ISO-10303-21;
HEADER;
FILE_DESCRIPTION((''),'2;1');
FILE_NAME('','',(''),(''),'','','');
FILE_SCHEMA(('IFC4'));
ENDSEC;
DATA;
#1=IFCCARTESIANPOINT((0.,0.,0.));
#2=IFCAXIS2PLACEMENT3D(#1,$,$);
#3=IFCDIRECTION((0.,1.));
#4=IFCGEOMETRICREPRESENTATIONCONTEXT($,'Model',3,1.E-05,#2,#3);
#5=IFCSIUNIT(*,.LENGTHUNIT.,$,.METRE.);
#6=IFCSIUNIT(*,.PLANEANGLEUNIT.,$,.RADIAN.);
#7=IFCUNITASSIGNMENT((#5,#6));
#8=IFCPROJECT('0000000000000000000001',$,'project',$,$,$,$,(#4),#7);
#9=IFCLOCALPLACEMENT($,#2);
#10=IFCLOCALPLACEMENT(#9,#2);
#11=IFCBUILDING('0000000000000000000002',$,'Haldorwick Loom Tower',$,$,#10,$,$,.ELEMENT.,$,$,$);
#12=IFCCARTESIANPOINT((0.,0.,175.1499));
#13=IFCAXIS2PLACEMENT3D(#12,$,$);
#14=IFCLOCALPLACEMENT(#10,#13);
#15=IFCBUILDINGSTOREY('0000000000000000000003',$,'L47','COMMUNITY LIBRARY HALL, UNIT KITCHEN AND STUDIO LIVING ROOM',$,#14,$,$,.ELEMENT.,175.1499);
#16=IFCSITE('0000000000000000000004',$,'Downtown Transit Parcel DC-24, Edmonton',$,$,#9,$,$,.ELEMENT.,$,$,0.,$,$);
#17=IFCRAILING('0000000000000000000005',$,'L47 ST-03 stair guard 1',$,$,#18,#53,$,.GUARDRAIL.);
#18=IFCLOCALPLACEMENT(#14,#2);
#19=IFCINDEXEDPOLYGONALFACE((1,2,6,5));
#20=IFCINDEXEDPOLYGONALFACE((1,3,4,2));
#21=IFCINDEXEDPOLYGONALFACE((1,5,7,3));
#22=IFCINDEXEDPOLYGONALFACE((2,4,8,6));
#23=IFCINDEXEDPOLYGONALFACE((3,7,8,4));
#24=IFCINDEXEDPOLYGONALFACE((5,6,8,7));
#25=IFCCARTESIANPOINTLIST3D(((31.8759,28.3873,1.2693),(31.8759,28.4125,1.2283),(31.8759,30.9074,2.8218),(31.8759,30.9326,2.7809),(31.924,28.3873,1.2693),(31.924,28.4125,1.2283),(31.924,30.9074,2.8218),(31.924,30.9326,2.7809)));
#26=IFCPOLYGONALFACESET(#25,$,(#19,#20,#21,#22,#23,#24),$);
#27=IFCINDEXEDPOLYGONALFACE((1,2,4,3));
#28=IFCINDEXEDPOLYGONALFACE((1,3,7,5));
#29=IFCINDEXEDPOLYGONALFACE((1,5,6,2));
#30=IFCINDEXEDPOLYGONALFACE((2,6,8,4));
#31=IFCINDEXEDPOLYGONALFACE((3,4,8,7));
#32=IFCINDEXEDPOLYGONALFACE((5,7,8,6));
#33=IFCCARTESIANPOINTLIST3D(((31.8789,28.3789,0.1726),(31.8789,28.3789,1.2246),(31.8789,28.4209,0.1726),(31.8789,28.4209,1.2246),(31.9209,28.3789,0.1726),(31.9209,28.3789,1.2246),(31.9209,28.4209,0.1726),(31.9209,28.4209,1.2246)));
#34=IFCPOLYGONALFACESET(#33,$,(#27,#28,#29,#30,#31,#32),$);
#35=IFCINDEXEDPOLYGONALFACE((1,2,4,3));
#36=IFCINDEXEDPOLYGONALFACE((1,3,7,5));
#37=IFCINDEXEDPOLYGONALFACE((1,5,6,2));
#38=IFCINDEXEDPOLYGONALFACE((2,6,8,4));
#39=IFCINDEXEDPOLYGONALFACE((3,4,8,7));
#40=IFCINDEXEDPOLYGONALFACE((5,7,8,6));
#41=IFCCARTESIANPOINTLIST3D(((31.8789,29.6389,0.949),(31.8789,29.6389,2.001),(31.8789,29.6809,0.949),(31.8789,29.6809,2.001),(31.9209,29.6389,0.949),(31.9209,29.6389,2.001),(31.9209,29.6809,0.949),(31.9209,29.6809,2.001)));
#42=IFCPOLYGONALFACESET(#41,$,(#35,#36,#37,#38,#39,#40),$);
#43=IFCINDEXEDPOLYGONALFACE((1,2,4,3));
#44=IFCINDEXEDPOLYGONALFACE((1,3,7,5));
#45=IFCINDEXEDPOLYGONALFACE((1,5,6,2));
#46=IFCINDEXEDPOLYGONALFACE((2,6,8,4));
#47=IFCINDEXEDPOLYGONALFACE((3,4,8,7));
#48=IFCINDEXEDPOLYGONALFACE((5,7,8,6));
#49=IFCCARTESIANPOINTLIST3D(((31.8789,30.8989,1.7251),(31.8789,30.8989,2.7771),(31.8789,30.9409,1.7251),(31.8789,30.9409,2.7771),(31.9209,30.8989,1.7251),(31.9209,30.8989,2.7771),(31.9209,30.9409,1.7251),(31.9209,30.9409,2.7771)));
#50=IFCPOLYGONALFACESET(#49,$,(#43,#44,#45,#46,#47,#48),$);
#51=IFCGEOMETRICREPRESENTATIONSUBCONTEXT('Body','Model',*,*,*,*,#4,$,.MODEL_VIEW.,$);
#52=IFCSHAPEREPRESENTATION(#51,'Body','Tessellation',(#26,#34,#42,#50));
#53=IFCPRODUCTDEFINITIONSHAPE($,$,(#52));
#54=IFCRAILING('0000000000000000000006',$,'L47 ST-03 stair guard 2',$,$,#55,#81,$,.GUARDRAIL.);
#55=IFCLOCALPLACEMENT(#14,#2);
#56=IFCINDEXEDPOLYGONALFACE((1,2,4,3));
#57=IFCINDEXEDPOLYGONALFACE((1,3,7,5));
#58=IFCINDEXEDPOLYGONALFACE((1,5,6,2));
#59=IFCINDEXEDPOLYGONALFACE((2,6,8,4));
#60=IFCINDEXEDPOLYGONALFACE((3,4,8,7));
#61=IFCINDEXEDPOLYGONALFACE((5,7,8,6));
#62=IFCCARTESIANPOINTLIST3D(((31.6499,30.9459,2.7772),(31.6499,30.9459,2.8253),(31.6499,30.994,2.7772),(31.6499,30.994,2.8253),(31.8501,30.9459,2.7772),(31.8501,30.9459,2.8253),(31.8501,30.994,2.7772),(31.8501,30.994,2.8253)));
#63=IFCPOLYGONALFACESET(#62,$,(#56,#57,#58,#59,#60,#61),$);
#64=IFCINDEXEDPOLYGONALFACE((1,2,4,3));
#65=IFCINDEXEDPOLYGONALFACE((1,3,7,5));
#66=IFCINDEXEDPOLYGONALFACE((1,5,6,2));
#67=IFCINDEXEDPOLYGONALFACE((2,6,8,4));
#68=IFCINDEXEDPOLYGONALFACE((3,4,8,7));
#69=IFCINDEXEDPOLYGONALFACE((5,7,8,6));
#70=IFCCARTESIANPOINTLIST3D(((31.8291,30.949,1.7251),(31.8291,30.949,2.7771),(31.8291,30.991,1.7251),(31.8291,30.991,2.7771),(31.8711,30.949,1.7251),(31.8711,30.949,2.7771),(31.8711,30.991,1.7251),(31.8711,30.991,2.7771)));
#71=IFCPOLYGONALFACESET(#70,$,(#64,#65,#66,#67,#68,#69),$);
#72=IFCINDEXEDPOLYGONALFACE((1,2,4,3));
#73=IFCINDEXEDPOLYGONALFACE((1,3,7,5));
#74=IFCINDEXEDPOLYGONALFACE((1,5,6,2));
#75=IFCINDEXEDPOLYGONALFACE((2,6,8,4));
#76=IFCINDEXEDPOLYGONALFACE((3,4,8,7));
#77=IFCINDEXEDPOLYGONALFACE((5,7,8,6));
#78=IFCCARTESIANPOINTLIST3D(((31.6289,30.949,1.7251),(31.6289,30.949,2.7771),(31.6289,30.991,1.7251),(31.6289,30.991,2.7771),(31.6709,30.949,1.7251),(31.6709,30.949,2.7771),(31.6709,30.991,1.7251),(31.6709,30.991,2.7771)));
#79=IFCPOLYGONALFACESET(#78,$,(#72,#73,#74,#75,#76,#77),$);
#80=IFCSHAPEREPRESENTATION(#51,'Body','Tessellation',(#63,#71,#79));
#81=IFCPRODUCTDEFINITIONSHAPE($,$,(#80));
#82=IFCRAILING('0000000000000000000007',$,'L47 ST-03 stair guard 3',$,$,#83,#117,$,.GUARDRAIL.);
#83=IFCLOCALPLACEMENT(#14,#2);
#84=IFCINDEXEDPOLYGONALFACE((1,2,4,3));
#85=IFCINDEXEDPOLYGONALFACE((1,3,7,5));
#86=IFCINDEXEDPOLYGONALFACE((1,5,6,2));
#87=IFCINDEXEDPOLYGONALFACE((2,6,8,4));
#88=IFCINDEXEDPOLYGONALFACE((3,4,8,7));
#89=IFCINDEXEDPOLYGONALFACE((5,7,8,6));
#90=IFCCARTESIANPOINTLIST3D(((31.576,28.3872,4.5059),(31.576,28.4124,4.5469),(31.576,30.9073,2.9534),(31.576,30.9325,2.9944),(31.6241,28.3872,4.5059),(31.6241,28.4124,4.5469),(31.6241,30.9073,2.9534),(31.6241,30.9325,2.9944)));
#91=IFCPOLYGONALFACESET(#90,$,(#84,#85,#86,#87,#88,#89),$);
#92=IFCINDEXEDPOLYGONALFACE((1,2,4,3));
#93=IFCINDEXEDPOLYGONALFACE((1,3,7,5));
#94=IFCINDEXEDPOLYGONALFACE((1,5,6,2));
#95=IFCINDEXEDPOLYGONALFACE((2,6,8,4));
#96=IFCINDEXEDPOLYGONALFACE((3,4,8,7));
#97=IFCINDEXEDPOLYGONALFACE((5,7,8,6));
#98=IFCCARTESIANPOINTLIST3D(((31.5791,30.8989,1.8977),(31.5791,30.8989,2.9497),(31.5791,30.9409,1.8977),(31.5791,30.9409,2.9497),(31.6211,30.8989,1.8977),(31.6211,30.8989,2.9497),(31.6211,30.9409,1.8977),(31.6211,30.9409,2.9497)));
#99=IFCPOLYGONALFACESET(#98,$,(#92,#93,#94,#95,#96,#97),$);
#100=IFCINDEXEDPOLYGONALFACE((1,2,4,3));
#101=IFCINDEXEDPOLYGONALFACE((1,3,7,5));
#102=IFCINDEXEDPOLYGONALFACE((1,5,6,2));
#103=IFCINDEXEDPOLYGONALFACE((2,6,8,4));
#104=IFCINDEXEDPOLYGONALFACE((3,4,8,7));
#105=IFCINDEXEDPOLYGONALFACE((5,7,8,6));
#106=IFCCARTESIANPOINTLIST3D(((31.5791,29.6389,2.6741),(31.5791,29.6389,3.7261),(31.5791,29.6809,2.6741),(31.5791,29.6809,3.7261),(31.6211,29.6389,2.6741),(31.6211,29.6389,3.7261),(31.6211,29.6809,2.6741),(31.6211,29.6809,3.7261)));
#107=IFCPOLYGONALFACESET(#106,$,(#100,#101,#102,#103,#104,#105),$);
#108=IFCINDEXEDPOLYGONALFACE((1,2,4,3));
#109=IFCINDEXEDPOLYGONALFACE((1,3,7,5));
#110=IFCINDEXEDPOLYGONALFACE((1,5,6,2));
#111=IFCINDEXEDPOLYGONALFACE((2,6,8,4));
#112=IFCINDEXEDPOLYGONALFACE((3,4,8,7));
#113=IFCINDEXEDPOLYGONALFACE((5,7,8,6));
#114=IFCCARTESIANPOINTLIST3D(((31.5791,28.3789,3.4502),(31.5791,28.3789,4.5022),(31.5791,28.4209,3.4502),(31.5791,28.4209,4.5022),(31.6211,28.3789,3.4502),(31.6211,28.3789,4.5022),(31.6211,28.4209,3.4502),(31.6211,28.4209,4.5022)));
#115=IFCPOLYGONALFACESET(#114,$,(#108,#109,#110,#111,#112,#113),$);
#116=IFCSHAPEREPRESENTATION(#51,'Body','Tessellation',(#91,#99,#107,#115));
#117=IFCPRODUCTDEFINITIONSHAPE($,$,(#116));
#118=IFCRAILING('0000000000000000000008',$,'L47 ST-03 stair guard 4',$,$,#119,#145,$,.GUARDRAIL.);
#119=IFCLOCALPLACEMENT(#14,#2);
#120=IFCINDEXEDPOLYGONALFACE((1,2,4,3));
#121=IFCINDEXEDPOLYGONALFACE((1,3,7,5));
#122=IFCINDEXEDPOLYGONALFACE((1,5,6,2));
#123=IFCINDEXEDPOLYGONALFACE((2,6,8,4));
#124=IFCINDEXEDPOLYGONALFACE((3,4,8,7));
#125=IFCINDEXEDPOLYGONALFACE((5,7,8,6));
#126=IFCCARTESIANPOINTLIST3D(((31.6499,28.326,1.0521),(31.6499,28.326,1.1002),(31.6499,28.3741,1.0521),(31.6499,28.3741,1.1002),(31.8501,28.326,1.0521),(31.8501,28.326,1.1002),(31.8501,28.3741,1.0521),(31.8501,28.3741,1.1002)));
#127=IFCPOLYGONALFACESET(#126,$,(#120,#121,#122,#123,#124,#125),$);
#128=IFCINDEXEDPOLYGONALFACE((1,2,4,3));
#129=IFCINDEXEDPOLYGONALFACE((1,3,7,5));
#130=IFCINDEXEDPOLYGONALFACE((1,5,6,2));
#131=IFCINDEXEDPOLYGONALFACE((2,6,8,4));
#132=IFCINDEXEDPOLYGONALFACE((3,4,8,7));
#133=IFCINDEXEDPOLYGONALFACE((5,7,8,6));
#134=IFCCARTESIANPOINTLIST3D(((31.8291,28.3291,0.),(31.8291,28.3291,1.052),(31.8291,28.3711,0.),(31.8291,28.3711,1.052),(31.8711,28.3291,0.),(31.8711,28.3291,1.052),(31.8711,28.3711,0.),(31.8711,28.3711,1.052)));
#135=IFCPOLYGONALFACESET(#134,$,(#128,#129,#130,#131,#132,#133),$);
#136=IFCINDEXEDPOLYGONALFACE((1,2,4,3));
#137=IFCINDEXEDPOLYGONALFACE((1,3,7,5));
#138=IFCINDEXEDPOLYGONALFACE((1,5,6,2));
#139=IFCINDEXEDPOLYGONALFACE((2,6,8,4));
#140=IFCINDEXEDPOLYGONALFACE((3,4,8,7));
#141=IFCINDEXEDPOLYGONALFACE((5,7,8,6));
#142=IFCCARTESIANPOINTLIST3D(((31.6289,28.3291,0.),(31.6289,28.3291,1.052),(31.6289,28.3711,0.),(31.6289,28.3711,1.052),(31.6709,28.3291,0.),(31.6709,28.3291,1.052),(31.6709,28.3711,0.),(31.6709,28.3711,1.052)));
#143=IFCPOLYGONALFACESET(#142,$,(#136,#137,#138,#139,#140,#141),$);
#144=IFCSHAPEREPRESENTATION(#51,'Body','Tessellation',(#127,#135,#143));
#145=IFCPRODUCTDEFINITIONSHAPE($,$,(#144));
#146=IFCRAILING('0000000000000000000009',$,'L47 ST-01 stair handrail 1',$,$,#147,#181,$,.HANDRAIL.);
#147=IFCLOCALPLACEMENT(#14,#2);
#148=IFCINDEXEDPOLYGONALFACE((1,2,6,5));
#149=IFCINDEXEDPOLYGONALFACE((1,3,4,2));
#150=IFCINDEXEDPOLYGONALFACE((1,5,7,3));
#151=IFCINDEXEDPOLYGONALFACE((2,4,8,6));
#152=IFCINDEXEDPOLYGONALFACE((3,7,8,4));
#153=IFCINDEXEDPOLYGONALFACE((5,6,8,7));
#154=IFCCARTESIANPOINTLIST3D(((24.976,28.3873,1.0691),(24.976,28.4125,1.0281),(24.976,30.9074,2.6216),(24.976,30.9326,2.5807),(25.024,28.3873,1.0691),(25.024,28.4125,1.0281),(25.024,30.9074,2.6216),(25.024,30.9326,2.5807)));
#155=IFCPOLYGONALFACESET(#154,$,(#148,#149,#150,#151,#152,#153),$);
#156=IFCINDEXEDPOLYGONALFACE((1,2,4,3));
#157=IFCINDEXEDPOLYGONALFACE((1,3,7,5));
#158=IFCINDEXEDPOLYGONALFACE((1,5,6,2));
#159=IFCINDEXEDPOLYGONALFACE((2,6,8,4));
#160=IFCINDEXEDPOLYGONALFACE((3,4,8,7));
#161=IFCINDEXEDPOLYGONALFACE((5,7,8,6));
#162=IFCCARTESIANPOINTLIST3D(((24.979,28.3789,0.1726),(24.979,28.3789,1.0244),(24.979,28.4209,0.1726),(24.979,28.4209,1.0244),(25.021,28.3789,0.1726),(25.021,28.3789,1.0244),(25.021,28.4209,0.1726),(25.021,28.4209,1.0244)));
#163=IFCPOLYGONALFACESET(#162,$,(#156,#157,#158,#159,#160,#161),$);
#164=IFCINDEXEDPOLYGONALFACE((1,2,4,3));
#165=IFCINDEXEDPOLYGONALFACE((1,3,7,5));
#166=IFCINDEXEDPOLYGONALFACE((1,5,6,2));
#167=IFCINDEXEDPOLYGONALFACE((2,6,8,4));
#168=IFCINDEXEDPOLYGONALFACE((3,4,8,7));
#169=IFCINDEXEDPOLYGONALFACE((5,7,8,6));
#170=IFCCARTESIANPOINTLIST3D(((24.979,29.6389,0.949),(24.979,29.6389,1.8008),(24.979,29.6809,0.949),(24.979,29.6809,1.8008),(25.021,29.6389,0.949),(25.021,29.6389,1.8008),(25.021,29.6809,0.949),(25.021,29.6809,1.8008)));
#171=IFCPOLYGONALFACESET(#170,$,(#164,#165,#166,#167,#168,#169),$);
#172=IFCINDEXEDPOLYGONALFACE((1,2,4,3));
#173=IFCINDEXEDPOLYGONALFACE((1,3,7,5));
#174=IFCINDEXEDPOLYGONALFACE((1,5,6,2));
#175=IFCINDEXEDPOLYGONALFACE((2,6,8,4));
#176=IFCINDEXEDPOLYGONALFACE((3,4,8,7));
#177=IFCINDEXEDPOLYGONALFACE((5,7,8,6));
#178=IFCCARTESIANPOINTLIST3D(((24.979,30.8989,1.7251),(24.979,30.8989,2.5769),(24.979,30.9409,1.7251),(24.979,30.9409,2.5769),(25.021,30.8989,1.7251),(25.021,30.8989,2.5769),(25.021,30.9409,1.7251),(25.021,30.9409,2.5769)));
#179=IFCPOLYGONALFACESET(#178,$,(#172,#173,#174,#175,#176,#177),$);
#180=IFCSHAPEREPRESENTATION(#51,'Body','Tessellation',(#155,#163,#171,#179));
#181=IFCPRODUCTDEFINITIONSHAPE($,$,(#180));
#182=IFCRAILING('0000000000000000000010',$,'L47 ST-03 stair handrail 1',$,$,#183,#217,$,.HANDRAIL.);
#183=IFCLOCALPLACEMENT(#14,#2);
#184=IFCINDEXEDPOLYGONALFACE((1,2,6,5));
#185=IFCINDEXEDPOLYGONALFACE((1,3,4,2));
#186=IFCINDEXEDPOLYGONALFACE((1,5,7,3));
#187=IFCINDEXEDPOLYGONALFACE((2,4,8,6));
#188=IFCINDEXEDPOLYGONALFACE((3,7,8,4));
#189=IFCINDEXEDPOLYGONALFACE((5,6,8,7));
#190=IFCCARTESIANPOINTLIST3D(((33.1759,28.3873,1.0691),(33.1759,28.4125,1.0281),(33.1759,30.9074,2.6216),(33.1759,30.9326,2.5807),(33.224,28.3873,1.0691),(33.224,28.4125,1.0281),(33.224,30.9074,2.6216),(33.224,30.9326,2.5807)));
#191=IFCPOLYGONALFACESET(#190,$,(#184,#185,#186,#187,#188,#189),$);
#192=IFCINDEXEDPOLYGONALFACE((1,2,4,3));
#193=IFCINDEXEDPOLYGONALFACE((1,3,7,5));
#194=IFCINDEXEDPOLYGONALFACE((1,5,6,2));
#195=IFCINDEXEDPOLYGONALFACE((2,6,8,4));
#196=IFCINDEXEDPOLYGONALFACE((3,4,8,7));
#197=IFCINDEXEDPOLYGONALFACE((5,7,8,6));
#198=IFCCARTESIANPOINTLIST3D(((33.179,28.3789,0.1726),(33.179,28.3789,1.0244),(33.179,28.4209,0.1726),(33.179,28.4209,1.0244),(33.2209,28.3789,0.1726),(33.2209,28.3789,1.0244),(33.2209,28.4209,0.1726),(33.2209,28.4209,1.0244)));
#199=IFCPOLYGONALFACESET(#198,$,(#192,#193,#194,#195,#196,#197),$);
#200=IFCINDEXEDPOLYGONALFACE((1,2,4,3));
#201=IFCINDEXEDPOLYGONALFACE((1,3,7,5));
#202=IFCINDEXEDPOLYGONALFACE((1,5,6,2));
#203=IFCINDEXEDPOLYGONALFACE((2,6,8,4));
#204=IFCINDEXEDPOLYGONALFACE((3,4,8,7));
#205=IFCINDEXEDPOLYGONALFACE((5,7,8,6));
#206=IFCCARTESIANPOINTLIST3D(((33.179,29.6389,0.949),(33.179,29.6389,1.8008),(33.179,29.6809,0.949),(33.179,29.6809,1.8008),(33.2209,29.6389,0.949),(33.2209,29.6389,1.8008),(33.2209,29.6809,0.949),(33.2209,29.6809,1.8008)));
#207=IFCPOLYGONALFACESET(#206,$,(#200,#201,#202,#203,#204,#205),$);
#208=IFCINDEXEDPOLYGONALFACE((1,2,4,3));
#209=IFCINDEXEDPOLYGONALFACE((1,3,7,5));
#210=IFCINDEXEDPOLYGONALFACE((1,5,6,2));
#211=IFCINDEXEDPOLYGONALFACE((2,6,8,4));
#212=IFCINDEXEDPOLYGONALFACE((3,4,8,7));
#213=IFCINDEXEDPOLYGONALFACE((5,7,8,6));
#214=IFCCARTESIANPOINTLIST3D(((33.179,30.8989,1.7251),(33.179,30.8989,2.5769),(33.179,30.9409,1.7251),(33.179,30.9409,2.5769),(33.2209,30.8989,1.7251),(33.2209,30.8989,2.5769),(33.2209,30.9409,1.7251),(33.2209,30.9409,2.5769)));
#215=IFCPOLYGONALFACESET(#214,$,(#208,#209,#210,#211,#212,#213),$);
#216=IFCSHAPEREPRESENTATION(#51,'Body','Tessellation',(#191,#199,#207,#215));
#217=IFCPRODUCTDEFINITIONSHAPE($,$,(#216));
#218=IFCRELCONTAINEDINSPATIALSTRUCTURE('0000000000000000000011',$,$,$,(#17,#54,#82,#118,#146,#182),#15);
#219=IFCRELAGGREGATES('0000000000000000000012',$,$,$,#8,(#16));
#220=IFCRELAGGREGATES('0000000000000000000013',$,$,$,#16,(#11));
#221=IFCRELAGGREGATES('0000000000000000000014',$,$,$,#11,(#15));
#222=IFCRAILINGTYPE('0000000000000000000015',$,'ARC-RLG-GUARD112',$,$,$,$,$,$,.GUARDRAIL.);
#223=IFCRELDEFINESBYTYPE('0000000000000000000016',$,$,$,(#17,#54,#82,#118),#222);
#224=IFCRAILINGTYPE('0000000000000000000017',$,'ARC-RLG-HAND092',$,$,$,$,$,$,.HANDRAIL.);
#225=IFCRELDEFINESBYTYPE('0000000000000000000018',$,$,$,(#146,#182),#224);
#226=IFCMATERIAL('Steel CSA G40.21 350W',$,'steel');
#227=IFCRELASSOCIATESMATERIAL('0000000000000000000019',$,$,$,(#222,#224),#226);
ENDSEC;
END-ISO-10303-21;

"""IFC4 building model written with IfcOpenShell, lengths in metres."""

from ifc_helpers import new_model, si_unit, direction, frame, origin, origin_2d, place, context, subcontext, project, spatial, rectangle, extrude, material, type_object, element, save


model = new_model("IFC4")

# Units and contexts
model_context = context("Model", 3, precision=1e-05, world=origin(), true_north=direction((0.0, 1.0)))
body_context = subcontext(model_context, "Body", "Model", "MODEL_VIEW")
ifc_project = project(units=[si_unit("LENGTHUNIT", "METRE"), si_unit("PLANEANGLEUNIT", "RADIAN")], contexts=[model_context])

# Site, building, storey
site_placement = place(None, origin())
site = spatial("IfcSite", under=ifc_project, at=site_placement, Name="Downtown Transit Parcel DC-24, Edmonton", CompositionType="ELEMENT", RefElevation=0.0)
building_placement = place(site_placement, origin())
building = spatial("IfcBuilding", under=site, at=building_placement, Name="Haldorwick Loom Tower", CompositionType="ELEMENT")
storey_placement = place(building_placement, frame((0.0, 0.0, 175.1499)))
storey = spatial("IfcBuildingStorey", under=building, at=storey_placement, Name="L47", Description="COMMUNITY LIBRARY HALL, UNIT KITCHEN AND STUDIO LIVING ROOM", CompositionType="ELEMENT", Elevation=175.1499)

# Shared definitions
ifc_material_1 = material(Name="Steel CSA G40.21 350W", Category="steel")

# Railings
railing_type_1 = type_object("IfcRailingType", Name="ARC-RLG-GUARD112", PredefinedType="GUARDRAIL", material=ifc_material_1)
railing_1_placement = place(storey_placement, frame((31.8999, 28.3999, 0.1726)))
element("IfcRailing", 1, at=railing_1_placement, inside=storey, type_object=railing_type_1, Name="L47 ST-03 stair guard 1", PredefinedType="GUARDRAIL", context=body_context, shape_type="SweptSolid", body=[
    extrude(rectangle(XDim=0.0481, YDim=0.0481, at=origin_2d()), frame((0.0, 0.0, 1.0762), z_axis=(0.0, 0.8514, 0.524516), x_axis=(-1.0, 0.0, 0.0)), (0.0, 0.0, 1.0), 2.96),
    extrude(rectangle(XDim=0.042, YDim=0.042, at=origin_2d()), origin(), (0.0, 0.0, 1.0), 1.052),
    extrude(rectangle(XDim=0.042, YDim=0.042, at=origin_2d()), frame((0.0, 1.26, 0.7764)), (0.0, 0.0, 1.0), 1.052),
    extrude(rectangle(XDim=0.042, YDim=0.042, at=origin_2d()), frame((0.0, 2.52, 1.5525)), (0.0, 0.0, 1.0), 1.052),
])
railing_2_placement = place(storey_placement, frame((31.8501, 30.97, 1.7251)))
element("IfcRailing", 2, at=railing_2_placement, inside=storey, type_object=railing_type_1, Name="L47 ST-03 stair guard 2", PredefinedType="GUARDRAIL", context=body_context, shape_type="SweptSolid", body=[
    extrude(rectangle(XDim=0.0481, YDim=0.0481, at=origin_2d()), frame((0.0, 0.0, 1.0762), z_axis=(-1.0, 0.0, 0.0), x_axis=(0.0, -1.0, 0.0)), (0.0, 0.0, 1.0), 0.2002),
    extrude(rectangle(XDim=0.042, YDim=0.042, at=origin_2d()), origin(), (0.0, 0.0, 1.0), 1.052),
    extrude(rectangle(XDim=0.042, YDim=0.042, at=origin_2d()), frame((-0.2002, 0.0, 0.0)), (0.0, 0.0, 1.0), 1.052),
])
railing_3_placement = place(storey_placement, frame((31.6001, 30.9199, 1.8977)))
element("IfcRailing", 3, at=railing_3_placement, inside=storey, type_object=railing_type_1, Name="L47 ST-03 stair guard 3", PredefinedType="GUARDRAIL", context=body_context, shape_type="SweptSolid", body=[
    extrude(rectangle(XDim=0.0481, YDim=0.0481, at=origin_2d()), frame((0.0, 0.0, 1.0762), z_axis=(0.0, -0.8514, 0.524516), x_axis=(1.0, 0.0, 0.0)), (0.0, 0.0, 1.0), 2.96),
    extrude(rectangle(XDim=0.042, YDim=0.042, at=origin_2d()), origin(), (0.0, 0.0, 1.0), 1.052),
    extrude(rectangle(XDim=0.042, YDim=0.042, at=origin_2d()), frame((0.0, -1.26, 0.7764)), (0.0, 0.0, 1.0), 1.052),
    extrude(rectangle(XDim=0.042, YDim=0.042, at=origin_2d()), frame((0.0, -2.52, 1.5525)), (0.0, 0.0, 1.0), 1.052),
])
railing_4_placement = place(storey_placement, frame((31.8501, 28.3501, 0.0)))
element("IfcRailing", 4, at=railing_4_placement, inside=storey, type_object=railing_type_1, Name="L47 ST-03 stair guard 4", PredefinedType="GUARDRAIL", context=body_context, shape_type="SweptSolid", body=[
    extrude(rectangle(XDim=0.0481, YDim=0.0481, at=origin_2d()), frame((0.0, 0.0, 1.0762), z_axis=(-1.0, 0.0, 0.0), x_axis=(0.0, -1.0, 0.0)), (0.0, 0.0, 1.0), 0.2002),
    extrude(rectangle(XDim=0.042, YDim=0.042, at=origin_2d()), origin(), (0.0, 0.0, 1.0), 1.052),
    extrude(rectangle(XDim=0.042, YDim=0.042, at=origin_2d()), frame((-0.2002, 0.0, 0.0)), (0.0, 0.0, 1.0), 1.052),
])
railing_type_2 = type_object("IfcRailingType", Name="ARC-RLG-HAND092", PredefinedType="HANDRAIL", material=ifc_material_1)
for number, where, name in (
    (5, (25.0, 28.3999, 0.1726), "L47 ST-01 stair handrail 1"),
    (6, (33.2, 28.3999, 0.1726), "L47 ST-03 stair handrail 1"),
):
    element("IfcRailing", number, at=place(storey_placement, frame(where)), inside=storey, type_object=railing_type_2, Name=name, PredefinedType="HANDRAIL", context=body_context, shape_type="SweptSolid", body=[
        extrude(rectangle(XDim=0.0481, YDim=0.0481, at=origin_2d()), frame((0.0, 0.0, 0.876), z_axis=(0.0, 0.8514, 0.524516), x_axis=(-1.0, 0.0, 0.0)), (0.0, 0.0, 1.0), 2.96),
        extrude(rectangle(XDim=0.042, YDim=0.042, at=origin_2d()), origin(), (0.0, 0.0, 1.0), 0.8518),
        extrude(rectangle(XDim=0.042, YDim=0.042, at=origin_2d()), frame((0.0, 1.26, 0.7764)), (0.0, 0.0, 1.0), 0.8518),
        extrude(rectangle(XDim=0.042, YDim=0.042, at=origin_2d()), frame((0.0, 2.52, 1.5525)), (0.0, 0.0, 1.0), 0.8518),
    ])

save(model, "model.ifc")
